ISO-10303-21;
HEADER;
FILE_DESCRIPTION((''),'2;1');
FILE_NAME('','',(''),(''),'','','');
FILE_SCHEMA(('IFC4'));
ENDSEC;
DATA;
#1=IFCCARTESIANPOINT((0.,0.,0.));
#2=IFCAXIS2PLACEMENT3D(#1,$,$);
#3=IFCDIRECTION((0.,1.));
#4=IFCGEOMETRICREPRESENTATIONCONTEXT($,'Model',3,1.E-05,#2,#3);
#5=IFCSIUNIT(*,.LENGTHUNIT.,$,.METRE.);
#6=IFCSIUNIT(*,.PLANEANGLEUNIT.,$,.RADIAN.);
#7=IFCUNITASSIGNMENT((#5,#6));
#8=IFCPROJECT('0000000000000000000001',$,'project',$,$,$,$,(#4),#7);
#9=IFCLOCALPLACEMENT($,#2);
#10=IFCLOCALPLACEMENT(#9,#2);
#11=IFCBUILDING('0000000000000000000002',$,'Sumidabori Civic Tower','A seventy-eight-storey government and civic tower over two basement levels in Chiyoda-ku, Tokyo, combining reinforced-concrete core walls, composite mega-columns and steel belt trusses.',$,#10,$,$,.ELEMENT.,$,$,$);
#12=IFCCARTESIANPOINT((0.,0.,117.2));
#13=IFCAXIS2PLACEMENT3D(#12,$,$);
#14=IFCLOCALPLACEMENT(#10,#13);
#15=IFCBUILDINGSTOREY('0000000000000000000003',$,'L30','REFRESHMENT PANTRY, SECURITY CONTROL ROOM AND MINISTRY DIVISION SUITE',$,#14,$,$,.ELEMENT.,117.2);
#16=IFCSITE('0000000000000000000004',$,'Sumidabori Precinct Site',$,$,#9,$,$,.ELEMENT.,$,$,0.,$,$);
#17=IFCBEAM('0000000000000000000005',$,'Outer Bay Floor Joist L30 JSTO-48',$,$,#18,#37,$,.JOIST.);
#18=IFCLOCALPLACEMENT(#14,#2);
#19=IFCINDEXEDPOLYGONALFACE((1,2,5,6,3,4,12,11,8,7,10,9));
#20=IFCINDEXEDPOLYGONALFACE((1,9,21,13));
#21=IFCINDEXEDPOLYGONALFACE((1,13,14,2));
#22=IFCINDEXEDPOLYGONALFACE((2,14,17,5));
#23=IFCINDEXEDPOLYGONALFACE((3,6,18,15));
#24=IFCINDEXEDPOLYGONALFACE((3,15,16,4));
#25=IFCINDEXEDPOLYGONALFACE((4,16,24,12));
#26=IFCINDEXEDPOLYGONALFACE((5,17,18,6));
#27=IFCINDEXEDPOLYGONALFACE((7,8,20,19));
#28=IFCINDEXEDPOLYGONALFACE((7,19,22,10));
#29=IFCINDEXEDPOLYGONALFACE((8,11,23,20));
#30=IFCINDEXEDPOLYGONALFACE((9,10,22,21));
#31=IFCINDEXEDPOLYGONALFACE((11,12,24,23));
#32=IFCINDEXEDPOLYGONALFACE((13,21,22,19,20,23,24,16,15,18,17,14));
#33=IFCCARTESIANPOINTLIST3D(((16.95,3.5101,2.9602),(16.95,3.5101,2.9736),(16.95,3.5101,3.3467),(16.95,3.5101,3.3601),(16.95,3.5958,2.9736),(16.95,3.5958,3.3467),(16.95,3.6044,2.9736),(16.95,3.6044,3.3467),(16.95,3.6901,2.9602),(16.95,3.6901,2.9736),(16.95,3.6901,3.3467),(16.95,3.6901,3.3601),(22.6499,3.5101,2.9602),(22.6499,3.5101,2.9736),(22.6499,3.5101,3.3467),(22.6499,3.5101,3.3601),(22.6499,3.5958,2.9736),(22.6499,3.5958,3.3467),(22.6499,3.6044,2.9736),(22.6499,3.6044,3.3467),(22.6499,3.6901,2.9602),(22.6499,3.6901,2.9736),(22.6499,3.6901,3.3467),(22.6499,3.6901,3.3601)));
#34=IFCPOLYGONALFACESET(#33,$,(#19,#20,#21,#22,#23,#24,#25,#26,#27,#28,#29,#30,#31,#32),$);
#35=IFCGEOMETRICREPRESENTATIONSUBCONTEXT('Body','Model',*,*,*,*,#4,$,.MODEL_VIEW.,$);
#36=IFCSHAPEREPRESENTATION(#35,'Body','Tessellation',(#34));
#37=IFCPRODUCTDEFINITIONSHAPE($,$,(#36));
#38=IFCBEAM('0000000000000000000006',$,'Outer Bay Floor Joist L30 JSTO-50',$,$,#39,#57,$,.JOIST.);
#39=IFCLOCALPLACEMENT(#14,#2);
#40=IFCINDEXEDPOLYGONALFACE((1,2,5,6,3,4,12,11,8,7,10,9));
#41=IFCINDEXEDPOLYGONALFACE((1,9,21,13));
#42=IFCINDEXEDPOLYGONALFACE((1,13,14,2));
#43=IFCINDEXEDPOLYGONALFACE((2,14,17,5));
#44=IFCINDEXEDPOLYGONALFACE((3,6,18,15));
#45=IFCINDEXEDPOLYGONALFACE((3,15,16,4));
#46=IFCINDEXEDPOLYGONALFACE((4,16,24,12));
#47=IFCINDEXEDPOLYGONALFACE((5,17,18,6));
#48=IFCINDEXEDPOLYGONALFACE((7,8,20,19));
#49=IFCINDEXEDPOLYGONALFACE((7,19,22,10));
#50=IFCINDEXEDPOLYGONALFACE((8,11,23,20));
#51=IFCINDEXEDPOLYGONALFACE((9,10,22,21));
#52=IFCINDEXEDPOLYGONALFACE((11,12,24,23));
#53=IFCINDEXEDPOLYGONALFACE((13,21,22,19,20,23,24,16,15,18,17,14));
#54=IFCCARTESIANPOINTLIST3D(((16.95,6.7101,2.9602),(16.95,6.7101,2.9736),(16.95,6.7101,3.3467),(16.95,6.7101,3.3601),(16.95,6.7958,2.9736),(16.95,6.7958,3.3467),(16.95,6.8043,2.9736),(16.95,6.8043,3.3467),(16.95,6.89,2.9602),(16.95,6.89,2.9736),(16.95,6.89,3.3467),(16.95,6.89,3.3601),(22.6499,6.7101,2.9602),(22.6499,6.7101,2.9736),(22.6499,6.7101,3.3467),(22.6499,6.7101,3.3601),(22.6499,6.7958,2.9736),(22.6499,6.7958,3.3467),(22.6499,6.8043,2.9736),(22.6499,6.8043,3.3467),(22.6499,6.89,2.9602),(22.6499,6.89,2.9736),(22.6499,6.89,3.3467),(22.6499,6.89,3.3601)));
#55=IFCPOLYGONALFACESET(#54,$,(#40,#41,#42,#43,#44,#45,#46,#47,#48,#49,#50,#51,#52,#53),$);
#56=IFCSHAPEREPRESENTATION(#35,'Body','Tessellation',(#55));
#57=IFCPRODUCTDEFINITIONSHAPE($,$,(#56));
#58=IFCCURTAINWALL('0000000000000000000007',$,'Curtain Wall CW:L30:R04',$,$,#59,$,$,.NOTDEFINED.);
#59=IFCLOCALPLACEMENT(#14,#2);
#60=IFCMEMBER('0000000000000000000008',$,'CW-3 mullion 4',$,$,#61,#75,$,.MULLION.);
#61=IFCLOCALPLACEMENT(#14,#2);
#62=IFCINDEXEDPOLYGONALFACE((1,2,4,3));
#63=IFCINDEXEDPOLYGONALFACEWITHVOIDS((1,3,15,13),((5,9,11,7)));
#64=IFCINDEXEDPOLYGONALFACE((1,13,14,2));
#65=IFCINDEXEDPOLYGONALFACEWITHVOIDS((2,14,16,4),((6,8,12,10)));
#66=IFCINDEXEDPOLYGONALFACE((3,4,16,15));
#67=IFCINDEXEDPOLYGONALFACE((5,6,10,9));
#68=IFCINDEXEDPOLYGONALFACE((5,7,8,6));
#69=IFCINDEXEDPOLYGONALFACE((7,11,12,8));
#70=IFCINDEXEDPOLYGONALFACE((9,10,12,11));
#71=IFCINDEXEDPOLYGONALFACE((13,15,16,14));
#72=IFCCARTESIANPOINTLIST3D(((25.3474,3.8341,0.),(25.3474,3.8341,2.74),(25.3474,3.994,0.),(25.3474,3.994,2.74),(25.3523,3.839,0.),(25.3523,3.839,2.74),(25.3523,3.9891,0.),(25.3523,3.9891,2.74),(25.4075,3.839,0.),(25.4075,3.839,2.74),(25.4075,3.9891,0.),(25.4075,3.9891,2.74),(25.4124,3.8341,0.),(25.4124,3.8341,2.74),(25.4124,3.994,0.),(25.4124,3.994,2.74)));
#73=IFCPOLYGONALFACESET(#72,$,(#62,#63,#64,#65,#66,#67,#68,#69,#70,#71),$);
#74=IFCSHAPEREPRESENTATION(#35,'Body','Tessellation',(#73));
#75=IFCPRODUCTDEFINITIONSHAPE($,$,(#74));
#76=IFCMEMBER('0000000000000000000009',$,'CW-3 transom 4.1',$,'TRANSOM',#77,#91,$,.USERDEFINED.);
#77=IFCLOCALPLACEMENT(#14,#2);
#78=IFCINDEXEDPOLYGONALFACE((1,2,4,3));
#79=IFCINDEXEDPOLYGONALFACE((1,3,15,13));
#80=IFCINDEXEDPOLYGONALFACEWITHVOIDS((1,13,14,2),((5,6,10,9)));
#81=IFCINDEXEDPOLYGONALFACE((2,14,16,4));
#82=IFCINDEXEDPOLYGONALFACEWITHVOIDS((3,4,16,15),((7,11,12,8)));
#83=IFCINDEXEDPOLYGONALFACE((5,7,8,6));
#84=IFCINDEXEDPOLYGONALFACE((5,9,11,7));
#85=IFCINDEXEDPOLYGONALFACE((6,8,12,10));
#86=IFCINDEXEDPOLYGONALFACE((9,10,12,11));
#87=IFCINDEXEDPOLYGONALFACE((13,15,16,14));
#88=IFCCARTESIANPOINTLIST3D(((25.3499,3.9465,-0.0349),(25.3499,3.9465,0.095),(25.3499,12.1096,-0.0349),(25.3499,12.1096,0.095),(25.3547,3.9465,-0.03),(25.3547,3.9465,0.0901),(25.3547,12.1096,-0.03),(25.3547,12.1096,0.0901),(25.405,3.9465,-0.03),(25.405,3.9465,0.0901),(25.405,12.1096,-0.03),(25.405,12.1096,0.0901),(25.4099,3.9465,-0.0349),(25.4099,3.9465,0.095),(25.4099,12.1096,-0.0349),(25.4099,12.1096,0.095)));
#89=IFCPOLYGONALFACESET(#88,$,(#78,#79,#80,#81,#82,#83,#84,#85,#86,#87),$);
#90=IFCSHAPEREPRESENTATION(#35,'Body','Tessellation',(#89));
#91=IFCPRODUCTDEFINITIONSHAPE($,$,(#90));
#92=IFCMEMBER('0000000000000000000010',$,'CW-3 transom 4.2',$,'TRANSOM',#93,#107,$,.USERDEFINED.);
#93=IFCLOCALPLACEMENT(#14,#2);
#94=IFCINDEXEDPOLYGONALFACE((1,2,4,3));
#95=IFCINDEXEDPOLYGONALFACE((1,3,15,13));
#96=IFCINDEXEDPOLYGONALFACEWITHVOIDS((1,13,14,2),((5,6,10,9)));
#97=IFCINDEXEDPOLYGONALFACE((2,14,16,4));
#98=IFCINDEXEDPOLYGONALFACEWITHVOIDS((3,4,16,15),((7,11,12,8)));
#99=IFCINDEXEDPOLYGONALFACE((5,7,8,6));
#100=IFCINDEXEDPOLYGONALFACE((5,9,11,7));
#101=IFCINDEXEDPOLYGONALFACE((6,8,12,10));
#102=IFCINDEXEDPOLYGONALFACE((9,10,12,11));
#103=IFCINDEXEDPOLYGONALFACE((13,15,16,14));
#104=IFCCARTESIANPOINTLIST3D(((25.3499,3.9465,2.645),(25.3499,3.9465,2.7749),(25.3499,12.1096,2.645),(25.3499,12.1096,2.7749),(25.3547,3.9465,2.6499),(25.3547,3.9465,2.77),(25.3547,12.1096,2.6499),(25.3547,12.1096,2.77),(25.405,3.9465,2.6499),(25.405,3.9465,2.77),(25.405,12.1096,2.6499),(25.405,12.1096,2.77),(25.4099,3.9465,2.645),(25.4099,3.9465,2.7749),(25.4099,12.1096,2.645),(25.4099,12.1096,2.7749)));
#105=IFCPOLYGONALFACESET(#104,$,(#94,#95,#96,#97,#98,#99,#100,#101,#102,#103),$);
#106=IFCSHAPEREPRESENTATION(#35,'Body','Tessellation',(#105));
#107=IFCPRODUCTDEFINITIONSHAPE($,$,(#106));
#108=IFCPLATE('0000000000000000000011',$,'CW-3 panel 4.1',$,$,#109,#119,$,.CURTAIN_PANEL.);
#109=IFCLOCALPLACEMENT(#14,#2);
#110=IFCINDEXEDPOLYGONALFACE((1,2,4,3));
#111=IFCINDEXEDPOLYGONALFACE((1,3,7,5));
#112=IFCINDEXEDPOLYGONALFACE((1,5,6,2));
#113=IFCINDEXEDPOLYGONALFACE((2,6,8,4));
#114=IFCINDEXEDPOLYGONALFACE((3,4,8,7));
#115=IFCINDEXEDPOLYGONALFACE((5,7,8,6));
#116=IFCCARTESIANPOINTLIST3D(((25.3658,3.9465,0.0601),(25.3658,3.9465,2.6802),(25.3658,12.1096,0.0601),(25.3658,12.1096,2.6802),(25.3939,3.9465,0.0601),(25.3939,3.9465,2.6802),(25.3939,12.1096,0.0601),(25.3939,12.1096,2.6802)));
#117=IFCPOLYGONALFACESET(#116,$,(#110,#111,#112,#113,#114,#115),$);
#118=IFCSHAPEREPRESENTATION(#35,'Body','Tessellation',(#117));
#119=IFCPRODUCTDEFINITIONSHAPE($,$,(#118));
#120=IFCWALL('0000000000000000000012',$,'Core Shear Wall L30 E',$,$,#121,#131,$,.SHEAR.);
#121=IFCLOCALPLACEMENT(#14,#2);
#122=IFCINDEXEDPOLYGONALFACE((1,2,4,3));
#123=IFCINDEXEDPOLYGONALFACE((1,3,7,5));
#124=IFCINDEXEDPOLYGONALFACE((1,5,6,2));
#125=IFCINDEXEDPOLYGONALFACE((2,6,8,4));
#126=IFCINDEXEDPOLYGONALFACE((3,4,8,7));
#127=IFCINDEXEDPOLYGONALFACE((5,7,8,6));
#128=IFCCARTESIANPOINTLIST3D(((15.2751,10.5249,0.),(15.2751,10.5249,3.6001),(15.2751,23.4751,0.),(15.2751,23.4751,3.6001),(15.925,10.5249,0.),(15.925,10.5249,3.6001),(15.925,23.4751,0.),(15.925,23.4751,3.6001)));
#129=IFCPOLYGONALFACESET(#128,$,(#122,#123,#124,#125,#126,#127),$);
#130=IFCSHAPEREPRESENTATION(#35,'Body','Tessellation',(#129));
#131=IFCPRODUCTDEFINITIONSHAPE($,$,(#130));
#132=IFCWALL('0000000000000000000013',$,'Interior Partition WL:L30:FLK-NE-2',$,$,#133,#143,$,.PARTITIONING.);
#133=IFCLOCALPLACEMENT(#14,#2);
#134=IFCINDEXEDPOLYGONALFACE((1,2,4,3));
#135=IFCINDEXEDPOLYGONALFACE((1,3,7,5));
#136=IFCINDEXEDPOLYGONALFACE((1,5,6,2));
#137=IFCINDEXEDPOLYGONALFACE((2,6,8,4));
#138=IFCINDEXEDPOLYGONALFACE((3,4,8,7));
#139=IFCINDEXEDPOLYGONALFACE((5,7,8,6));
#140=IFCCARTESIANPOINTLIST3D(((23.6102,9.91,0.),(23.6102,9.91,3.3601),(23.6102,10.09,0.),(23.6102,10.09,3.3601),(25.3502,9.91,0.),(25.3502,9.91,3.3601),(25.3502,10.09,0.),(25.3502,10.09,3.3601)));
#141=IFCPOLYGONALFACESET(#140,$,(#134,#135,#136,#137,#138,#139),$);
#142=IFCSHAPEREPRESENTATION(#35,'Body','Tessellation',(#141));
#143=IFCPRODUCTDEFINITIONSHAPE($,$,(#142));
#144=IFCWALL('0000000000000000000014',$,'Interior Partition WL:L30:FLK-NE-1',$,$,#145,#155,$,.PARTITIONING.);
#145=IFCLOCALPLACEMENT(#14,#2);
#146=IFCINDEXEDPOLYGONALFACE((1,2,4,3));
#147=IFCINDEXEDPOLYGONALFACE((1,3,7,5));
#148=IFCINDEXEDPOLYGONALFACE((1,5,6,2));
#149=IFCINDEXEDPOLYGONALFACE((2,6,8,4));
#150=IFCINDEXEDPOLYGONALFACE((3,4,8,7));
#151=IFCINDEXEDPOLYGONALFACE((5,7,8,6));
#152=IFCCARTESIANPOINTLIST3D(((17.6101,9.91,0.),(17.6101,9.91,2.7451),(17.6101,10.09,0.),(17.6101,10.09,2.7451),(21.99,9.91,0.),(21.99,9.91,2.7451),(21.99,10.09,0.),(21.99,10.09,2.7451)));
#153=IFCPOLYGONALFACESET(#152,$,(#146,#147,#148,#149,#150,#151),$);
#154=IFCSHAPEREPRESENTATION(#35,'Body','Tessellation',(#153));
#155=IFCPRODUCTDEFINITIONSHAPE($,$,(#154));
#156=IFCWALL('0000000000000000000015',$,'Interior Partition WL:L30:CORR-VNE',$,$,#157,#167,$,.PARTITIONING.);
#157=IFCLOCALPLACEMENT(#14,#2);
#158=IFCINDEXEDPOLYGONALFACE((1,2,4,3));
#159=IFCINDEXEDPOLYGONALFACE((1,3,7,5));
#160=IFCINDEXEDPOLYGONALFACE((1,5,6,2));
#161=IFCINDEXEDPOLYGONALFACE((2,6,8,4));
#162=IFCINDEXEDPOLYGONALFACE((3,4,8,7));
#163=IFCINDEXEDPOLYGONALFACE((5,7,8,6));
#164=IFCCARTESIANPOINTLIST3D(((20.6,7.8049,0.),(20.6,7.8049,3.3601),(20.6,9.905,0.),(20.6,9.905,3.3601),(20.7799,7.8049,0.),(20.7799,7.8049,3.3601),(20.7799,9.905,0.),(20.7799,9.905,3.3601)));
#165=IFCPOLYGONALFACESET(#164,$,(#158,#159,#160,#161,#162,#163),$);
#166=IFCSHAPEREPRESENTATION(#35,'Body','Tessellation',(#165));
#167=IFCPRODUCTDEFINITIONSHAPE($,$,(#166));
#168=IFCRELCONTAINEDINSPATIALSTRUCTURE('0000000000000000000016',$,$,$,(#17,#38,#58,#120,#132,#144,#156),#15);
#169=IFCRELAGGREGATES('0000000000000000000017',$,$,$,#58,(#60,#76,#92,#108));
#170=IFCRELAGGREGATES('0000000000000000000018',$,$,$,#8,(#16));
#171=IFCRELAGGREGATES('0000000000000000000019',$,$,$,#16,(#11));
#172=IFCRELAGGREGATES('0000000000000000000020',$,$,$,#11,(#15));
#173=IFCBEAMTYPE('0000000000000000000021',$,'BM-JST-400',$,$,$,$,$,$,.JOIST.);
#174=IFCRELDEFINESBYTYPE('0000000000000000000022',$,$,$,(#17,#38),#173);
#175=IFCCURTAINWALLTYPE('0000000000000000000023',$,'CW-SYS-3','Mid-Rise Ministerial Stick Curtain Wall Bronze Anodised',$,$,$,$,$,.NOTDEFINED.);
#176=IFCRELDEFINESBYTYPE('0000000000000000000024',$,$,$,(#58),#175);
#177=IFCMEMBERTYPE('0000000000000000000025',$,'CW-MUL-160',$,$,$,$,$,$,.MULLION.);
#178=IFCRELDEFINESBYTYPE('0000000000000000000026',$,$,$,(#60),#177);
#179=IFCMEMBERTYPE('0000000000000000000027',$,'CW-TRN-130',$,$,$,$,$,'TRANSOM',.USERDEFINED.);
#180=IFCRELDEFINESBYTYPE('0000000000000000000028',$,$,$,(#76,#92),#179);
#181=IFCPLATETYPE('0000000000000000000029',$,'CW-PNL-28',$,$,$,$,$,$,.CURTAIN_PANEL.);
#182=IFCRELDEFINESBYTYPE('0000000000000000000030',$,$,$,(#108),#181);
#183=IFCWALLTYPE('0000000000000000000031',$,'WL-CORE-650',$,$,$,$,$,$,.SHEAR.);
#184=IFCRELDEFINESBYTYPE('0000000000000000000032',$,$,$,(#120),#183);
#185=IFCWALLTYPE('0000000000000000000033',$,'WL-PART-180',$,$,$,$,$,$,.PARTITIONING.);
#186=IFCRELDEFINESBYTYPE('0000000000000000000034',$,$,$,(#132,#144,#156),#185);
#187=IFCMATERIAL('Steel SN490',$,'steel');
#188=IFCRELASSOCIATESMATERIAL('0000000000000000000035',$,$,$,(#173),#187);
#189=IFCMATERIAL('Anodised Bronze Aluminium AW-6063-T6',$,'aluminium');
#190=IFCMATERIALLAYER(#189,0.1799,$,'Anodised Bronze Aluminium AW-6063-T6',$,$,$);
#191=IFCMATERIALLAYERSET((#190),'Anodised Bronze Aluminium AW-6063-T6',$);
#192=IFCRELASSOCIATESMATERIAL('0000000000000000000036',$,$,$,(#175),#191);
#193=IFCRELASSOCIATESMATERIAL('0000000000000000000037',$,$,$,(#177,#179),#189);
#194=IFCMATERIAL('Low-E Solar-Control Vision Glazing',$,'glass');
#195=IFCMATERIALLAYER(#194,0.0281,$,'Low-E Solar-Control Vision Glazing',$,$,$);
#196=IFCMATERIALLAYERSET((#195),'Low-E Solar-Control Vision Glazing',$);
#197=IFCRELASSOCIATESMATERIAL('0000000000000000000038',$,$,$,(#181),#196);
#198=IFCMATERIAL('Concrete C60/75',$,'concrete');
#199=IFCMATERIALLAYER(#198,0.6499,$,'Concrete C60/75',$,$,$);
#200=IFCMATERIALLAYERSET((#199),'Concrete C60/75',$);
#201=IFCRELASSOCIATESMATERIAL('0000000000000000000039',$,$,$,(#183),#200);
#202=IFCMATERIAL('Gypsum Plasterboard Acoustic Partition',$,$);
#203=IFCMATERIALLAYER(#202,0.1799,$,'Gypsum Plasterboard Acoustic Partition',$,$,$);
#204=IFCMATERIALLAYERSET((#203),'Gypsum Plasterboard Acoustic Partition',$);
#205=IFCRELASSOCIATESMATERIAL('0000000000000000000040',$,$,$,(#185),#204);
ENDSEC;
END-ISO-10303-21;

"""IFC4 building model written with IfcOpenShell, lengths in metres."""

from ifc_helpers import new_model, si_unit, direction, frame, frame_2d, origin, origin_2d, place, context, subcontext, project, spatial, rectangle, hollow_rectangle, i_section, extrude, source, transform, mapped, material, layer, layer_set, material_profile, profile_set, type_object, element, aggregate, save


model = new_model("IFC4")

# Units and contexts
model_context = context("Model", 3, precision=1e-05, world=origin(), true_north=direction((0.0, 1.0)))
body_context = subcontext(model_context, "Body", "Model", "MODEL_VIEW")
ifc_project = project(units=[si_unit("LENGTHUNIT", "METRE"), si_unit("PLANEANGLEUNIT", "RADIAN")], contexts=[model_context])

# Site, building, storey
site_placement = place(None, origin())
site = spatial("IfcSite", under=ifc_project, at=site_placement, Name="Sumidabori Precinct Site", CompositionType="ELEMENT", RefElevation=0.0)
building_placement = place(site_placement, origin())
building = spatial("IfcBuilding", under=site, at=building_placement, Name="Sumidabori Civic Tower", Description="A seventy-eight-storey government and civic tower over two basement levels in Chiyoda-ku, Tokyo, combining reinforced-concrete core walls, composite mega-columns and steel belt trusses.", CompositionType="ELEMENT")
storey_placement = place(building_placement, frame((0.0, 0.0, 117.2)))
storey = spatial("IfcBuildingStorey", under=building, at=storey_placement, Name="L30", Description="REFRESHMENT PANTRY, SECURITY CONTROL ROOM AND MINISTRY DIVISION SUITE", CompositionType="ELEMENT", Elevation=117.2)

# Shared definitions
ifc_material_1 = material(Name="Concrete C60/75", Category="concrete")

# Beams
ifc_material_2 = material(Name="Steel SN490", Category="steel")
ifc_material_profile_1 = material_profile(ifc_material_2, i_section(OverallWidth=0.1799, OverallDepth=0.3999, WebThickness=0.0085, FlangeThickness=0.0134, at=origin_2d()), Name="IPE 400")
ifc_profile_set_1 = profile_set([ifc_material_profile_1], Name="Steel SN490")
beam_type_1 = type_object("IfcBeamType", Name="BM-JST-400", PredefinedType="JOIST", material=ifc_profile_set_1)
shared_shape_1 = source(origin(), body_context, "Body", "SweptSolid", [
    extrude(i_section(OverallWidth=0.1799, OverallDepth=0.3999, WebThickness=0.0085, FlangeThickness=0.0134, at=origin_2d()), origin(), (0.0, 0.0, 1.0), 5.7),
])
for number, where, z_axis, x_axis, name in (
    (1, (16.95, 3.6001, 3.1602), (1.0, 0.0, 0.0), (0.0, 1.0, 0.0), "Outer Bay Floor Joist L30 JSTO-48"),
    (2, (16.95, 6.8, 3.1602), (1.0, 0.0, 0.0), (0.0, 1.0, 0.0), "Outer Bay Floor Joist L30 JSTO-50"),
):
    element("IfcBeam", number, at=place(storey_placement, frame(where, z_axis=z_axis, x_axis=x_axis)), inside=storey, type_object=beam_type_1, Name=name, PredefinedType="JOIST", context=body_context, shape_type="MappedRepresentation", body=[
        mapped(shared_shape_1, transform((0.0, 0.0, 0.0), x_axis=(1.0, 0.0, 0.0), y_axis=(0.0, 1.0, 0.0), z_axis=(0.0, 0.0, 1.0), scale=1.0)),
    ])

# Curtain wall, members, plate
ifc_material_3 = material(Name="Anodised Bronze Aluminium AW-6063-T6", Category="aluminium")
ifc_layer_1 = layer(ifc_material_3, 0.1799, Name="Anodised Bronze Aluminium AW-6063-T6")
ifc_layer_set_1 = layer_set([ifc_layer_1], Name="Anodised Bronze Aluminium AW-6063-T6")
curtain_wall_type = type_object("IfcCurtainWallType", Name="CW-SYS-3", Description="Mid-Rise Ministerial Stick Curtain Wall Bronze Anodised", PredefinedType="NOTDEFINED", material=ifc_layer_set_1)
curtain_wall_placement = place(storey_placement, origin())
curtain_wall = element("IfcCurtainWall", 3, at=curtain_wall_placement, inside=storey, type_object=curtain_wall_type, Name="Curtain Wall CW:L30:R04", PredefinedType="NOTDEFINED")
ifc_material_profile_2 = material_profile(ifc_material_3, hollow_rectangle(XDim=0.0649, YDim=0.1599, WallThickness=0.0049, at=origin_2d()), Name="ALU MULLION 160x65")
ifc_profile_set_2 = profile_set([ifc_material_profile_2], Name="Anodised Bronze Aluminium AW-6063-T6")
member_type_1 = type_object("IfcMemberType", Name="CW-MUL-160", PredefinedType="MULLION", material=ifc_profile_set_2)
shared_shape_2 = source(origin(), body_context, "Body", "SweptSolid", [
    extrude(hollow_rectangle(XDim=0.0649, YDim=0.1599, WallThickness=0.0049, at=origin_2d()), origin(), (0.0, 0.0, 1.0), 2.74),
])
member_1_placement = place(storey_placement, frame((25.3799, 3.9141, 0.0), z_axis=(0.0, 0.0, 1.0), x_axis=(-1.0, 0.0, 0.0)))
member_1 = element("IfcMember", 4, at=member_1_placement, type_object=member_type_1, Name="CW-3 mullion 4", PredefinedType="MULLION", context=body_context, shape_type="MappedRepresentation", body=[
    mapped(shared_shape_2, transform((0.0, 0.0, 0.0), x_axis=(1.0, 0.0, 0.0), y_axis=(0.0, 1.0, 0.0), z_axis=(0.0, 0.0, 1.0), scale=1.0)),
])
ifc_material_profile_3 = material_profile(ifc_material_3, hollow_rectangle(XDim=0.0601, YDim=0.1299, WallThickness=0.0049, at=origin_2d()), Name="ALU TRANSOM 130x60")
ifc_profile_set_3 = profile_set([ifc_material_profile_3], Name="Anodised Bronze Aluminium AW-6063-T6")
member_type_2 = type_object("IfcMemberType", Name="CW-TRN-130", ElementType="TRANSOM", PredefinedType="USERDEFINED", material=ifc_profile_set_3)
shared_shape_3 = source(origin(), body_context, "Body", "SweptSolid", [
    extrude(hollow_rectangle(XDim=0.0601, YDim=0.1299, WallThickness=0.0049, at=origin_2d()), origin(), (0.0, 0.0, 1.0), 8.1631),
])
member_2_placement = place(storey_placement, frame((25.3799, 3.9465, 0.03), z_axis=(0.0, 1.0, 0.0), x_axis=(-1.0, 0.0, 0.0)))
member_2 = element("IfcMember", 5, at=member_2_placement, type_object=member_type_2, Name="CW-3 transom 4.1", ObjectType="TRANSOM", PredefinedType="USERDEFINED", context=body_context, shape_type="MappedRepresentation", body=[
    mapped(shared_shape_3, transform((0.0, 0.0, 0.0), x_axis=(1.0, 0.0, 0.0), y_axis=(0.0, 1.0, 0.0), z_axis=(0.0, 0.0, 1.0), scale=1.0)),
])
member_3_placement = place(storey_placement, frame((25.3799, 3.9465, 2.71), z_axis=(0.0, 1.0, 0.0), x_axis=(-1.0, 0.0, 0.0)))
member_3 = element("IfcMember", 6, at=member_3_placement, type_object=member_type_2, Name="CW-3 transom 4.2", ObjectType="TRANSOM", PredefinedType="USERDEFINED", context=body_context, shape_type="MappedRepresentation", body=[
    mapped(shared_shape_3, transform((0.0, 0.0, 0.0), x_axis=(1.0, 0.0, 0.0), y_axis=(0.0, 1.0, 0.0), z_axis=(0.0, 0.0, 1.0), scale=1.0)),
])
ifc_material_4 = material(Name="Low-E Solar-Control Vision Glazing", Category="glass")
ifc_layer_2 = layer(ifc_material_4, 0.0281, Name="Low-E Solar-Control Vision Glazing")
ifc_layer_set_2 = layer_set([ifc_layer_2], Name="Low-E Solar-Control Vision Glazing")
plate_type = type_object("IfcPlateType", Name="CW-PNL-28", PredefinedType="CURTAIN_PANEL", material=ifc_layer_set_2)
shared_shape_4 = source(origin(), body_context, "Body", "SweptSolid", [
    extrude(rectangle(XDim=8.1631, YDim=0.0281, at=origin_2d()), origin(), (0.0, 0.0, 1.0), 2.6201),
])
plate_placement = place(storey_placement, frame((25.3799, 8.0281, 0.0601), z_axis=(0.0, 0.0, 1.0), x_axis=(0.0, 1.0, 0.0)))
plate = element("IfcPlate", 7, at=plate_placement, type_object=plate_type, Name="CW-3 panel 4.1", PredefinedType="CURTAIN_PANEL", context=body_context, shape_type="MappedRepresentation", body=[
    mapped(shared_shape_4, transform((0.0, 0.0, 0.0), x_axis=(1.0, 0.0, 0.0), y_axis=(0.0, 1.0, 0.0), z_axis=(0.0, 0.0, 1.0), scale=1.0)),
])
aggregate(curtain_wall, [member_1, member_2, member_3, plate])

# Walls
ifc_layer_3 = layer(ifc_material_1, 0.6499, Name="Concrete C60/75")
ifc_layer_set_3 = layer_set([ifc_layer_3], Name="Concrete C60/75")
wall_type_1 = type_object("IfcWallType", Name="WL-CORE-650", PredefinedType="SHEAR", material=ifc_layer_set_3)
shared_shape_5 = source(origin(), body_context, "Body", "SweptSolid", [
    extrude(rectangle(XDim=12.9502, YDim=0.6499, at=frame_2d((6.4751, 0.0))), origin(), (0.0, 0.0, 1.0), 3.6001),
])
wall_1_placement = place(storey_placement, frame((15.6001, 10.5249, 0.0), z_axis=(0.0, 0.0, 1.0), x_axis=(0.0, 1.0, 0.0)))
element("IfcWall", 8, at=wall_1_placement, inside=storey, type_object=wall_type_1, Name="Core Shear Wall L30 E", PredefinedType="SHEAR", context=body_context, shape_type="MappedRepresentation", body=[
    mapped(shared_shape_5, transform((0.0, 0.0, 0.0), x_axis=(1.0, 0.0, 0.0), y_axis=(0.0, 1.0, 0.0), z_axis=(0.0, 0.0, 1.0), scale=1.0)),
])
ifc_material_5 = material(Name="Gypsum Plasterboard Acoustic Partition")
ifc_layer_4 = layer(ifc_material_5, 0.1799, Name="Gypsum Plasterboard Acoustic Partition")
ifc_layer_set_4 = layer_set([ifc_layer_4], Name="Gypsum Plasterboard Acoustic Partition")
wall_type_2 = type_object("IfcWallType", Name="WL-PART-180", PredefinedType="PARTITIONING", material=ifc_layer_set_4)
shared_shape_6 = source(origin(), body_context, "Body", "SweptSolid", [
    extrude(rectangle(XDim=1.74, YDim=0.1799, at=frame_2d((0.8701, 0.0))), origin(), (0.0, 0.0, 1.0), 3.3601),
])
wall_2_placement = place(storey_placement, frame((23.6101, 10.0, 0.0), z_axis=(0.0, 0.0, 1.0), x_axis=(1.0, 0.0, 0.0)))
element("IfcWall", 9, at=wall_2_placement, inside=storey, type_object=wall_type_2, Name="Interior Partition WL:L30:FLK-NE-2", PredefinedType="PARTITIONING", context=body_context, shape_type="MappedRepresentation", body=[
    mapped(shared_shape_6, transform((0.0, 0.0, 0.0), x_axis=(1.0, 0.0, 0.0), y_axis=(0.0, 1.0, 0.0), z_axis=(0.0, 0.0, 1.0), scale=1.0)),
])
shared_shape_7 = source(origin(), body_context, "Body", "SweptSolid", [
    extrude(rectangle(XDim=4.3799, YDim=0.1799, at=frame_2d((2.1899, 0.0))), origin(), (0.0, 0.0, 1.0), 2.7451),
])
wall_3_placement = place(storey_placement, frame((17.6101, 10.0, 0.0), z_axis=(0.0, 0.0, 1.0), x_axis=(1.0, 0.0, 0.0)))
element("IfcWall", 10, at=wall_3_placement, inside=storey, type_object=wall_type_2, Name="Interior Partition WL:L30:FLK-NE-1", PredefinedType="PARTITIONING", context=body_context, shape_type="MappedRepresentation", body=[
    mapped(shared_shape_7, transform((0.0, 0.0, 0.0), x_axis=(1.0, 0.0, 0.0), y_axis=(0.0, 1.0, 0.0), z_axis=(0.0, 0.0, 1.0), scale=1.0)),
])
shared_shape_8 = source(origin(), body_context, "Body", "SweptSolid", [
    extrude(rectangle(XDim=2.1001, YDim=0.1799, at=frame_2d((1.05, 0.0))), origin(), (0.0, 0.0, 1.0), 3.3601),
])
wall_4_placement = place(storey_placement, frame((20.6899, 7.8049, 0.0), z_axis=(0.0, 0.0, 1.0), x_axis=(0.0, 1.0, 0.0)))
element("IfcWall", 11, at=wall_4_placement, inside=storey, type_object=wall_type_2, Name="Interior Partition WL:L30:CORR-VNE", PredefinedType="PARTITIONING", context=body_context, shape_type="MappedRepresentation", body=[
    mapped(shared_shape_8, transform((0.0, 0.0, 0.0), x_axis=(1.0, 0.0, 0.0), y_axis=(0.0, 1.0, 0.0), z_axis=(0.0, 0.0, 1.0), scale=1.0)),
])

save(model, "model.ifc")
